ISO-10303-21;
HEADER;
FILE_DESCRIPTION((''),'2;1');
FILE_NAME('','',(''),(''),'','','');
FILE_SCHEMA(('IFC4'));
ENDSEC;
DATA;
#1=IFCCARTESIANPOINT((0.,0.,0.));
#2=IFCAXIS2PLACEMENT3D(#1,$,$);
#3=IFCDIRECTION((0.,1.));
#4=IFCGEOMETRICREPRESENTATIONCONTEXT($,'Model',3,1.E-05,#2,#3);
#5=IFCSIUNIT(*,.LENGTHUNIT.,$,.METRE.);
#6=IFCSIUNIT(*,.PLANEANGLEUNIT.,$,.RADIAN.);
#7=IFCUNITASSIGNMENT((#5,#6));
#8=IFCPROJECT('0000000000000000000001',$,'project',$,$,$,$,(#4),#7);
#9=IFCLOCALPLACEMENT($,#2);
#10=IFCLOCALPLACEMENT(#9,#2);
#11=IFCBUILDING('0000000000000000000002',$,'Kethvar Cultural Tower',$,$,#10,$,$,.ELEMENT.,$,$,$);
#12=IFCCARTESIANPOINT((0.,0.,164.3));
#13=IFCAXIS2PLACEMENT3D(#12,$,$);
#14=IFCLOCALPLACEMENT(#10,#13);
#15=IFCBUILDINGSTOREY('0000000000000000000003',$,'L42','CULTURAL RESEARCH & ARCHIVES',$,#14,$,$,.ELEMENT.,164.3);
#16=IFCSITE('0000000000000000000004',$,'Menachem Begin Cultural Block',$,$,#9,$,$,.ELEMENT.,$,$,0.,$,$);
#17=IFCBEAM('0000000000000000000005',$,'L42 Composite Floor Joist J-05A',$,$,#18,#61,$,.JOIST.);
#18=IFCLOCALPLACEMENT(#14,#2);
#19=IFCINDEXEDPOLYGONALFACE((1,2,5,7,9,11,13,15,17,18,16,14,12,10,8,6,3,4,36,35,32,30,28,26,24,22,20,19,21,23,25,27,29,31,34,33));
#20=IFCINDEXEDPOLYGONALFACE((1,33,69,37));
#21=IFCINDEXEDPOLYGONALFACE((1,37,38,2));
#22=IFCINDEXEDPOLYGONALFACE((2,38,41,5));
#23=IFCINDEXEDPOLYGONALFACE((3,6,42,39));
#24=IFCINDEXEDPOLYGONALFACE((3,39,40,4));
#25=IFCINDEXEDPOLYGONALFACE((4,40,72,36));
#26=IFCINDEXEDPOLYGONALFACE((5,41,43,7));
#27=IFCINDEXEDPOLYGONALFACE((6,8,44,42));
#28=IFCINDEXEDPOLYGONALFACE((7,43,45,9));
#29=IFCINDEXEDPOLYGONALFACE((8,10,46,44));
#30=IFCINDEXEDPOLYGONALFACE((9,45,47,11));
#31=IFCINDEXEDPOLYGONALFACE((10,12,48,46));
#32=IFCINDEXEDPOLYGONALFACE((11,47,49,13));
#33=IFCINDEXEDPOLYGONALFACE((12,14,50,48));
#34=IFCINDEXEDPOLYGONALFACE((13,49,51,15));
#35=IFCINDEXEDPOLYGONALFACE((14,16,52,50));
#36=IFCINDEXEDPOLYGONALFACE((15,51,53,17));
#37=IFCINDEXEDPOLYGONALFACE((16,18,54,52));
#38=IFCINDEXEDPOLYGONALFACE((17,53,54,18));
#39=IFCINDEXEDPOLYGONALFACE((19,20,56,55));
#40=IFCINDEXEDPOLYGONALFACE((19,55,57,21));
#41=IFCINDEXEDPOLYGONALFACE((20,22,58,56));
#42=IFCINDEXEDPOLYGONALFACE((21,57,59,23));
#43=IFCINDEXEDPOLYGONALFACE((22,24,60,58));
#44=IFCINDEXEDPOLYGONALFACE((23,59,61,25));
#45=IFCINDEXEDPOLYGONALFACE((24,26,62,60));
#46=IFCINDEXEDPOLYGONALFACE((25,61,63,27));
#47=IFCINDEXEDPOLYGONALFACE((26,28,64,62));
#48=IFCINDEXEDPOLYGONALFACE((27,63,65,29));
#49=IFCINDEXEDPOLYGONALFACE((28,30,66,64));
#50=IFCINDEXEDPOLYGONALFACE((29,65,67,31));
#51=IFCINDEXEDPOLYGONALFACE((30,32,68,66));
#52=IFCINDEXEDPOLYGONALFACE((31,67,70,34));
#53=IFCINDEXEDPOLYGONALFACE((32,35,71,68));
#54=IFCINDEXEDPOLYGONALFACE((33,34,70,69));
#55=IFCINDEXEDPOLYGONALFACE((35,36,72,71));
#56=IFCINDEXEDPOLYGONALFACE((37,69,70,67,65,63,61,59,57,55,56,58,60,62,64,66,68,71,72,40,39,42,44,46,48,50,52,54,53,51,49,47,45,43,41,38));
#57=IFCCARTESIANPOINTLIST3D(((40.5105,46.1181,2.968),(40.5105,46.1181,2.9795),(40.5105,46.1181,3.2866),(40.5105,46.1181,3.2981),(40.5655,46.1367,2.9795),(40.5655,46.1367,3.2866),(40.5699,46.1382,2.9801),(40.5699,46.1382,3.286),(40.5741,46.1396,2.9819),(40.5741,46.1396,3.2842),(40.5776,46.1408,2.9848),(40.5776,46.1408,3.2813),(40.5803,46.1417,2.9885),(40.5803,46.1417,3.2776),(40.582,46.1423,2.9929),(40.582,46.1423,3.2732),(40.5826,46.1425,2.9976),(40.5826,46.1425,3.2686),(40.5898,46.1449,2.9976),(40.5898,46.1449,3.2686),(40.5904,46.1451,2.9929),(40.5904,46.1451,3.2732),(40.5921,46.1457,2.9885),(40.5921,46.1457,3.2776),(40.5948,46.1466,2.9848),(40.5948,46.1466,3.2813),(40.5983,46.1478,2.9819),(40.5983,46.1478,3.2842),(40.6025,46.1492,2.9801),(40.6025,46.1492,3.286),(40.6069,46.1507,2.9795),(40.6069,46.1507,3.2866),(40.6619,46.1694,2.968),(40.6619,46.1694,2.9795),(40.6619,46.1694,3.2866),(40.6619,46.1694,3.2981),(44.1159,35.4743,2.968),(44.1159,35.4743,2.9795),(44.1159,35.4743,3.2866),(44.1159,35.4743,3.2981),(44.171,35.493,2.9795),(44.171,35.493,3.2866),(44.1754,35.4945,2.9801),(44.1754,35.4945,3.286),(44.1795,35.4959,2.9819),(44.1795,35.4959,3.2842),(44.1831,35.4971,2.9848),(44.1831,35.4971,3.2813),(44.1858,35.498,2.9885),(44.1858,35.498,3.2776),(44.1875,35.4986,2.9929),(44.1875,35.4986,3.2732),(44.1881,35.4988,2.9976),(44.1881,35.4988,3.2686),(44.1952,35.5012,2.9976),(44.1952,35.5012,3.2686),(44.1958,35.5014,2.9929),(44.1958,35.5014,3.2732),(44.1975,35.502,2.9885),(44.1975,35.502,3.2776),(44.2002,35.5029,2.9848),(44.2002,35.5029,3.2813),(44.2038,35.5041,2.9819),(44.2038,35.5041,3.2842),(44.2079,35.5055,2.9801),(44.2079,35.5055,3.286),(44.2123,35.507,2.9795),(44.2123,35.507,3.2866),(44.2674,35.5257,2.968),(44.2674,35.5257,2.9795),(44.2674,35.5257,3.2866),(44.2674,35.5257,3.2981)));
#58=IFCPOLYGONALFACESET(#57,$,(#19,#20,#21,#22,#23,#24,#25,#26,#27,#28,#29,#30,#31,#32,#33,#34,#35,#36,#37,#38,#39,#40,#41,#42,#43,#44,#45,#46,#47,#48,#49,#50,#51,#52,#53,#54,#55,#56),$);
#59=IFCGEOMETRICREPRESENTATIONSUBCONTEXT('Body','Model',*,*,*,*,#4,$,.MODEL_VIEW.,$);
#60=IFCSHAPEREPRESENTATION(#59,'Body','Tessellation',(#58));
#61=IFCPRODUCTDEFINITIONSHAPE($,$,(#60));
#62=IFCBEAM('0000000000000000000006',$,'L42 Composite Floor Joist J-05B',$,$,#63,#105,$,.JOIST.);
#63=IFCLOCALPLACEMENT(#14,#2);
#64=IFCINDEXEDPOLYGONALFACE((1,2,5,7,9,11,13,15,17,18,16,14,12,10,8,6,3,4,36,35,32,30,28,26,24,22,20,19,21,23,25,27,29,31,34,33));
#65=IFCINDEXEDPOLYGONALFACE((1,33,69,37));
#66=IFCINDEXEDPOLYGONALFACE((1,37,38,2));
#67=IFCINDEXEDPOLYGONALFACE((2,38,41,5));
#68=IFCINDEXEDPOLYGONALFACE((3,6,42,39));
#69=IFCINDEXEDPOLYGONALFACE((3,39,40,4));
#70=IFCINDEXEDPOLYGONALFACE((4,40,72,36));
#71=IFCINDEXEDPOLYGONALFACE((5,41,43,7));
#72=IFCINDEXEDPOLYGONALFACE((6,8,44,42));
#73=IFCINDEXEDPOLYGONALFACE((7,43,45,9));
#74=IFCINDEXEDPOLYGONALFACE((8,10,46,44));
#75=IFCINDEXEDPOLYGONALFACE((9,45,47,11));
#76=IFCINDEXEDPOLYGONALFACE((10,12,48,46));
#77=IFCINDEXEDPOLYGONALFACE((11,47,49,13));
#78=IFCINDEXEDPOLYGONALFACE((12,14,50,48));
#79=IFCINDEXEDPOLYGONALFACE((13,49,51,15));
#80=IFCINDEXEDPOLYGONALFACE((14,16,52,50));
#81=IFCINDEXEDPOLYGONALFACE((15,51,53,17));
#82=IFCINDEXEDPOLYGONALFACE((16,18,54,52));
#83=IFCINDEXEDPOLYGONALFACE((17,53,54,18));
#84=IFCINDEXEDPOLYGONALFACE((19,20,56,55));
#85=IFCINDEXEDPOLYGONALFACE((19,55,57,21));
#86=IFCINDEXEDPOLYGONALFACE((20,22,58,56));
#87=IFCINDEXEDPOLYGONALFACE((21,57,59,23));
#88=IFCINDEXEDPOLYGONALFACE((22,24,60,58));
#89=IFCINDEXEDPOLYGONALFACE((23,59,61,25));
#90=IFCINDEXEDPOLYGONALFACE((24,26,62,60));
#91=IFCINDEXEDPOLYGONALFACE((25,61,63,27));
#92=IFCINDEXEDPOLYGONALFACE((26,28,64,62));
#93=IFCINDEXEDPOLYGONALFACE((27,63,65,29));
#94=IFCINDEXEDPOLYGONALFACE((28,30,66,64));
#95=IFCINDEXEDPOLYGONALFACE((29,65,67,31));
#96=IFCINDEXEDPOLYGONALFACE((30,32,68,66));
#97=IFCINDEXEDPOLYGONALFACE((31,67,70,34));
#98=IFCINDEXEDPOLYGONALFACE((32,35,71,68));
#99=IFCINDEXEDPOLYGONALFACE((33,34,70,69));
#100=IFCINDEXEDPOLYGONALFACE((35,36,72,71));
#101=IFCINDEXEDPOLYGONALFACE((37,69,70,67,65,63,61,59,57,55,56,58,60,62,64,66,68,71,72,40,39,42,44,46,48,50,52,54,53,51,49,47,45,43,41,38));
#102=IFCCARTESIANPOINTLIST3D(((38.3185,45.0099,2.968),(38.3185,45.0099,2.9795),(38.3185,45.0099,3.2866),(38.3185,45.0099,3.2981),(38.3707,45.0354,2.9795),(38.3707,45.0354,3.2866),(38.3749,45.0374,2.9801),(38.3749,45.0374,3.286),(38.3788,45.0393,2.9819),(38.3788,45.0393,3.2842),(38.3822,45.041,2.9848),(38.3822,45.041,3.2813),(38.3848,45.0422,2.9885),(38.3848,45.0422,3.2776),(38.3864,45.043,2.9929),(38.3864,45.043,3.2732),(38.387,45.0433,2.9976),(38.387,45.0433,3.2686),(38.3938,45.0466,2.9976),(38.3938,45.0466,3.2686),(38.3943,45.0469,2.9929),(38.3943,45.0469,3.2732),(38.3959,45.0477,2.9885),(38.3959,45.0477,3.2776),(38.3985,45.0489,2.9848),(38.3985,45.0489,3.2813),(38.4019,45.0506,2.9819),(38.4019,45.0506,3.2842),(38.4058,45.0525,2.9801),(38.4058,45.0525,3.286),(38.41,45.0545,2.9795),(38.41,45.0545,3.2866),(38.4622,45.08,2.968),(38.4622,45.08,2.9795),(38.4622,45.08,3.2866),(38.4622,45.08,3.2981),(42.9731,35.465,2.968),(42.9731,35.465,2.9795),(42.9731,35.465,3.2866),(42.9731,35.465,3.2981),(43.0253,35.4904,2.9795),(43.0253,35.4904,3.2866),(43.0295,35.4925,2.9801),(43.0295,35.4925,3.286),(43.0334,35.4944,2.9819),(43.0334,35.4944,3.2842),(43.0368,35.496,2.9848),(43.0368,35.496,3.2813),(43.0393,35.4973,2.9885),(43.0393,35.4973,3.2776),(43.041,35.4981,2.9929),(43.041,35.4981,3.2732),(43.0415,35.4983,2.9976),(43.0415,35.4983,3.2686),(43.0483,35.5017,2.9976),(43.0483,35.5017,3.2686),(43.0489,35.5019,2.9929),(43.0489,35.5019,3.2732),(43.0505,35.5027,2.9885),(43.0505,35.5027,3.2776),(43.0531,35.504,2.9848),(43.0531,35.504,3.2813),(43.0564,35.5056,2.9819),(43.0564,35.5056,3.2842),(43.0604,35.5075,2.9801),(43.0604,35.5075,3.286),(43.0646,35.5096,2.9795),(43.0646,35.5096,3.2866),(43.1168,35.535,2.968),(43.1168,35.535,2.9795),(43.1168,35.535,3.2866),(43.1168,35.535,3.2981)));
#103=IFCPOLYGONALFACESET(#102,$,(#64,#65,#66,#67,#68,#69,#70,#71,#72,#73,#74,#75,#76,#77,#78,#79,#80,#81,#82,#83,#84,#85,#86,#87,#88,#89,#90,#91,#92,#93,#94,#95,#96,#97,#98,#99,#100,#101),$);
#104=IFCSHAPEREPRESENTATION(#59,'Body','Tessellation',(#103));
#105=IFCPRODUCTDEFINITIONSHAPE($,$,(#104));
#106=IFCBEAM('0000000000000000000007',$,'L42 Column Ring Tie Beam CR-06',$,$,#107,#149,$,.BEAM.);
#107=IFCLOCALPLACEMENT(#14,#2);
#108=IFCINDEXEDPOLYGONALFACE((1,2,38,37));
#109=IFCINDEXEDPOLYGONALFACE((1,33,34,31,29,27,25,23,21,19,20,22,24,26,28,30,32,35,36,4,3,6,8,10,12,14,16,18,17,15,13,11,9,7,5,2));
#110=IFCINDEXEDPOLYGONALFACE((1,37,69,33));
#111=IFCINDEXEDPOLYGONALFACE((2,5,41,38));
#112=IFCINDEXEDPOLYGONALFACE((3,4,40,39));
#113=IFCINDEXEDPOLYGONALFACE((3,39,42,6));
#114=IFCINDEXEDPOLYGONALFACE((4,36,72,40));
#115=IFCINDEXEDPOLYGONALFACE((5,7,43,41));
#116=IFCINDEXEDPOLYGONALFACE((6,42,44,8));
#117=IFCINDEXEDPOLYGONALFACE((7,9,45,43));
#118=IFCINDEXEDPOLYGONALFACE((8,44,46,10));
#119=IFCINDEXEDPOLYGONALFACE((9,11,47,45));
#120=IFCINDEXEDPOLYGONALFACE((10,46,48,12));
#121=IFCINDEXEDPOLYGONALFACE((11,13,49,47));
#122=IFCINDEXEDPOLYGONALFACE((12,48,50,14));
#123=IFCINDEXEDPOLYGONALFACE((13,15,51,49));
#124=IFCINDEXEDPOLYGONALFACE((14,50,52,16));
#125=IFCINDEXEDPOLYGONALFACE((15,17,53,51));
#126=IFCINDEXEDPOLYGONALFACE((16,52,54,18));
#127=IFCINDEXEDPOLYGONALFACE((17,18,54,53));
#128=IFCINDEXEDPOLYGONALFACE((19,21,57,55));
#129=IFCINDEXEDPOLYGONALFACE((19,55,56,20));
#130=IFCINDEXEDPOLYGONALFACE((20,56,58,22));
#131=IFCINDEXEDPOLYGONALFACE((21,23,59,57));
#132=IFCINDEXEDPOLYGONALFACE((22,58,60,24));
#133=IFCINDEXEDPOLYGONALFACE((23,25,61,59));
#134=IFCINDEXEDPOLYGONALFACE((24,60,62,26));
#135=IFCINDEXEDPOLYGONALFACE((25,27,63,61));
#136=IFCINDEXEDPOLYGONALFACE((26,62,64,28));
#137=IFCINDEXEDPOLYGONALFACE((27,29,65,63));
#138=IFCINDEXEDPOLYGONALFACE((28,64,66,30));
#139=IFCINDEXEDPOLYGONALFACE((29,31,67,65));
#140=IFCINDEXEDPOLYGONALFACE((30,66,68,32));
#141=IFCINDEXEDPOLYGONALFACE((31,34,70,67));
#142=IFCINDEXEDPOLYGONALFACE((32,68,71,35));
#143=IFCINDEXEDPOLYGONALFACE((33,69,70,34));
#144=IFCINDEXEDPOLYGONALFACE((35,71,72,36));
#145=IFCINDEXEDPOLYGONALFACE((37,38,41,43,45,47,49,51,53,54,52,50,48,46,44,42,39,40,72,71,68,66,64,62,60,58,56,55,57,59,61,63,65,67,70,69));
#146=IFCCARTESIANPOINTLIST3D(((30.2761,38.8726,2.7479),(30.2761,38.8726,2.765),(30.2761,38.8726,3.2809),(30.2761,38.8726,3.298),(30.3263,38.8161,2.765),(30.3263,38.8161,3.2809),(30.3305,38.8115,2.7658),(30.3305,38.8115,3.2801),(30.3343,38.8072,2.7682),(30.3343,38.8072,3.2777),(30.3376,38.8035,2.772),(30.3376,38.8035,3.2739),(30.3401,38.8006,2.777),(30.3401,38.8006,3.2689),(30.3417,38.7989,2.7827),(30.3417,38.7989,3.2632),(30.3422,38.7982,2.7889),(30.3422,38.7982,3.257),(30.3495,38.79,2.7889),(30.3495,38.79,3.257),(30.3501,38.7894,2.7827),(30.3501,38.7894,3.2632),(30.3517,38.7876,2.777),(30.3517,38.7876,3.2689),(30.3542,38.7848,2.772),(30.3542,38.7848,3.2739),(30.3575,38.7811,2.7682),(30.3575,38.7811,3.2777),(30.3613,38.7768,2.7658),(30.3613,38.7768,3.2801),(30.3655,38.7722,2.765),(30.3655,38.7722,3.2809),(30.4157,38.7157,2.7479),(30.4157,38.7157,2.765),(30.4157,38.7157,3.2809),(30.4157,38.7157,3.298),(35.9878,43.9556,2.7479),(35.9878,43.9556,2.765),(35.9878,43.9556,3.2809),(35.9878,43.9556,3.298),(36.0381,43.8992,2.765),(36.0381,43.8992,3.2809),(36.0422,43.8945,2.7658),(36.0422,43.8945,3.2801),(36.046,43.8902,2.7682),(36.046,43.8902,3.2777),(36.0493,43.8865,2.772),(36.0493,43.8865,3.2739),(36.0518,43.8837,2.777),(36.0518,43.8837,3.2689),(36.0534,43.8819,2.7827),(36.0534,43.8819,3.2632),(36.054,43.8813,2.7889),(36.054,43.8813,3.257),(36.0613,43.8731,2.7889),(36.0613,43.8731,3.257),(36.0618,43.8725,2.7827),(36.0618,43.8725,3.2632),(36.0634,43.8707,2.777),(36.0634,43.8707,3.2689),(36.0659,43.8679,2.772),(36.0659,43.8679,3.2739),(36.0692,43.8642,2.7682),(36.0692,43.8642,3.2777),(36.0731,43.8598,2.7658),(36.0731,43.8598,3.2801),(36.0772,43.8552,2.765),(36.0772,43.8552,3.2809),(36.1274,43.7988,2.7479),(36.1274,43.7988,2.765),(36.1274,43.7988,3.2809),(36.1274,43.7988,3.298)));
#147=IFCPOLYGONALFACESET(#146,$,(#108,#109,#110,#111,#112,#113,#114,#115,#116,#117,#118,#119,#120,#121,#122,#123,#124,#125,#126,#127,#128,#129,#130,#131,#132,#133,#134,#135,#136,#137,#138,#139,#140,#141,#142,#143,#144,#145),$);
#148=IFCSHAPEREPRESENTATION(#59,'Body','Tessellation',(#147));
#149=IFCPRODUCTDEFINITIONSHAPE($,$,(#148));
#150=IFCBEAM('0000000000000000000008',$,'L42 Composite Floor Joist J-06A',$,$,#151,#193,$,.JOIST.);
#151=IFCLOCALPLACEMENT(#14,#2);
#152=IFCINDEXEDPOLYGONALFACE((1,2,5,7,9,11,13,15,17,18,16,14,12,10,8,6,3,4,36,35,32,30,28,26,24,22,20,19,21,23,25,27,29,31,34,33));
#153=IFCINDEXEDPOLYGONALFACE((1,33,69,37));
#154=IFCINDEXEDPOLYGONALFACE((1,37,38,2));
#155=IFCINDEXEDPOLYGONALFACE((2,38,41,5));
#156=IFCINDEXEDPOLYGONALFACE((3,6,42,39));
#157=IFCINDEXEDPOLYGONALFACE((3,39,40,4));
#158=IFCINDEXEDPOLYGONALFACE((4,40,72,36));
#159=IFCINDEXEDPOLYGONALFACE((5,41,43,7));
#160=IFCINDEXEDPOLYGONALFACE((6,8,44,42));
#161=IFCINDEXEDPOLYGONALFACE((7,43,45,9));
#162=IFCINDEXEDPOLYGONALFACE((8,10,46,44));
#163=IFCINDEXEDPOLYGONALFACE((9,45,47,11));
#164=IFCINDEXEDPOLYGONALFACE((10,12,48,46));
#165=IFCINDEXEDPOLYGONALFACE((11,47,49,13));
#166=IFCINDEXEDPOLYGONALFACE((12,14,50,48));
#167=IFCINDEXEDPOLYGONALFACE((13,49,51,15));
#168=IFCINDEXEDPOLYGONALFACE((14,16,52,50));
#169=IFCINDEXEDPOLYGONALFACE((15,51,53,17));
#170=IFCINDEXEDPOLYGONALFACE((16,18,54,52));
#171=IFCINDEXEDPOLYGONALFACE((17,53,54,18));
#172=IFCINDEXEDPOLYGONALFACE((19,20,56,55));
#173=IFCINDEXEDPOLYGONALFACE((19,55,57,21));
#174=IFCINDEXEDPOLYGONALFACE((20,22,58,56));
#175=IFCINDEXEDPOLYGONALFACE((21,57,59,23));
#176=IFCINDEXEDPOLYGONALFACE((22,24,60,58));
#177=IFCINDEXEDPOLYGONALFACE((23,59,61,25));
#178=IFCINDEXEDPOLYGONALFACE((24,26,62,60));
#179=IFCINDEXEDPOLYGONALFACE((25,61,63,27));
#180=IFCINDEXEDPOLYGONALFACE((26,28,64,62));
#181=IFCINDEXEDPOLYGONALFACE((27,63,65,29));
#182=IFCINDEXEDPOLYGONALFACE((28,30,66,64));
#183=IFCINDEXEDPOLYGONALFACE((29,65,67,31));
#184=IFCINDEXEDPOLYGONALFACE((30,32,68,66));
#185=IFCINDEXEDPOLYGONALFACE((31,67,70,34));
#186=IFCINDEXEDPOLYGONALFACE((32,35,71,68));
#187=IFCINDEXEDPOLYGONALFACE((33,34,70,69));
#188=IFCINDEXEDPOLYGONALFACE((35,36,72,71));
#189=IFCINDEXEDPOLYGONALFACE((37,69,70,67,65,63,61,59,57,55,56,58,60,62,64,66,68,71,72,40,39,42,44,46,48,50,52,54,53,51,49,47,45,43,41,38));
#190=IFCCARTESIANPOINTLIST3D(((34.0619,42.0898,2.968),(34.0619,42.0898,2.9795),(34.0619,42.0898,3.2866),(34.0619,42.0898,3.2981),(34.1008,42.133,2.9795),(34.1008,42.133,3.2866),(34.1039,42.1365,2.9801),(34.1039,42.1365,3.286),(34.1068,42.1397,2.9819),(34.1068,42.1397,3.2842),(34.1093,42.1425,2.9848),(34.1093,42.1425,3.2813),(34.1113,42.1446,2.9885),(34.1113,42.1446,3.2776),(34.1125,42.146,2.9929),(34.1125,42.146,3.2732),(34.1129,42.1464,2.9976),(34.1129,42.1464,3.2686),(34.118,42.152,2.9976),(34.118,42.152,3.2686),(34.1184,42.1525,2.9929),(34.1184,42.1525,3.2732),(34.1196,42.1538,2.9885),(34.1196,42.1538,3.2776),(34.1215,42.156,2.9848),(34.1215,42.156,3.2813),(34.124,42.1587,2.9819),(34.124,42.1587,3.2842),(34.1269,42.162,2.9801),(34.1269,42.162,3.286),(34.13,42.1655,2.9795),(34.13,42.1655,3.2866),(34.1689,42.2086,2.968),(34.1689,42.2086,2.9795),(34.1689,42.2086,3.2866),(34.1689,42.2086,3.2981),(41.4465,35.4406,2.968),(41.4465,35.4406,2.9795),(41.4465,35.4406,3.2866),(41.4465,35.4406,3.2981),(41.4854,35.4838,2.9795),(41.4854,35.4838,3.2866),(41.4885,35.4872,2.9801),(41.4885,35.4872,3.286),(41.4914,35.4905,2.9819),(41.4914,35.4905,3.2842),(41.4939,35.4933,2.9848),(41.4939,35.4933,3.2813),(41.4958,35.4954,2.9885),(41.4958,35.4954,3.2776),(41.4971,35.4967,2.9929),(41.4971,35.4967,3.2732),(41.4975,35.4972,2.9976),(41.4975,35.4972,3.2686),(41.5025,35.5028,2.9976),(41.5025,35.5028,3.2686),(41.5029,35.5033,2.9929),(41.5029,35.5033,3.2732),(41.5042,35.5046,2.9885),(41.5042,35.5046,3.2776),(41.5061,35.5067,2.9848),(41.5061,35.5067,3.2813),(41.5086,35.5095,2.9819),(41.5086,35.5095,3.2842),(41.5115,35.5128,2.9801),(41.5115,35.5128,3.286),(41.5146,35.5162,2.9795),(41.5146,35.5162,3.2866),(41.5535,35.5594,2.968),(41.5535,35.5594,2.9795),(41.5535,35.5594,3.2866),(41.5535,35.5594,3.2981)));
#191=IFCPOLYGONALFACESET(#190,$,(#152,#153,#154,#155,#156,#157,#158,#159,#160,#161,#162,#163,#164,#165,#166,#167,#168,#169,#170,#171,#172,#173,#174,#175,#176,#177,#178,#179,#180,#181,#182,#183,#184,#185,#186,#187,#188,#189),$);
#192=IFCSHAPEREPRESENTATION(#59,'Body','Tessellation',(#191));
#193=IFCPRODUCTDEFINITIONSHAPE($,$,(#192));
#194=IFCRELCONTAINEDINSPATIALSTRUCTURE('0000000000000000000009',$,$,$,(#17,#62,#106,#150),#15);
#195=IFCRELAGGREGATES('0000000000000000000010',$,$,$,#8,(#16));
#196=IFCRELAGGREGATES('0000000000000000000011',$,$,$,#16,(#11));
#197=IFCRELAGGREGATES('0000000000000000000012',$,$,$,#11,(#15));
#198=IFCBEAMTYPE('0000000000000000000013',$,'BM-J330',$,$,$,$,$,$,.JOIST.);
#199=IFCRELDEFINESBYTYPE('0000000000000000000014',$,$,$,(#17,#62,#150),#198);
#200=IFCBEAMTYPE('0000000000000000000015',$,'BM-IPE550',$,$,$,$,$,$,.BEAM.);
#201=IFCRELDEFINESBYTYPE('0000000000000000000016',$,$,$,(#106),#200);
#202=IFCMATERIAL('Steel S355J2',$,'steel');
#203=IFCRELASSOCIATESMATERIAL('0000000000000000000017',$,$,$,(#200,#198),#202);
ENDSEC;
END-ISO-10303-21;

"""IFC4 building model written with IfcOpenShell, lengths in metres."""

from ifc_helpers import new_model, si_unit, direction, frame, origin, origin_2d, place, context, subcontext, project, spatial, i_section, extrude, source, transform, mapped, material, material_profile, profile_set, type_object, element, save


model = new_model("IFC4")

# Units and contexts
model_context = context("Model", 3, precision=1e-05, world=origin(), true_north=direction((0.0, 1.0)))
body_context = subcontext(model_context, "Body", "Model", "MODEL_VIEW")
ifc_project = project(units=[si_unit("LENGTHUNIT", "METRE"), si_unit("PLANEANGLEUNIT", "RADIAN")], contexts=[model_context])

# Site, building, storey
site_placement = place(None, origin())
site = spatial("IfcSite", under=ifc_project, at=site_placement, Name="Menachem Begin Cultural Block", CompositionType="ELEMENT", RefElevation=0.0)
building_placement = place(site_placement, origin())
building = spatial("IfcBuilding", under=site, at=building_placement, Name="Kethvar Cultural Tower", CompositionType="ELEMENT")
storey_placement = place(building_placement, frame((0.0, 0.0, 164.3)))
storey = spatial("IfcBuildingStorey", under=building, at=storey_placement, Name="L42", Description="CULTURAL RESEARCH & ARCHIVES", CompositionType="ELEMENT", Elevation=164.3)

# Beams
ifc_material_1 = material(Name="Steel S355J2", Category="steel")
ifc_material_profile_1 = material_profile(ifc_material_1, i_section(OverallWidth=0.21, OverallDepth=0.55, WebThickness=0.011, FlangeThickness=0.0171, FilletRadius=0.0239, at=origin_2d()), Name="Steel S355J2 — IPE550")
ifc_profile_set_1 = profile_set([ifc_material_profile_1], Name="Steel S355J2 — IPE550")
beam_type_1 = type_object("IfcBeamType", Name="BM-IPE550", PredefinedType="BEAM", material=ifc_profile_set_1)
ifc_material_profile_2 = material_profile(ifc_material_1, i_section(OverallWidth=0.1599, OverallDepth=0.3301, WebThickness=0.0076, FlangeThickness=0.0115, FilletRadius=0.0181, at=origin_2d()), Name="Steel S355J2 — IPE330")
ifc_profile_set_2 = profile_set([ifc_material_profile_2], Name="Steel S355J2 — IPE330")
beam_type_2 = type_object("IfcBeamType", Name="BM-J330", PredefinedType="JOIST", material=ifc_profile_set_2)
shared_shape_1 = source(origin(), body_context, "Body", "SweptSolid", [
    extrude(i_section(OverallWidth=0.1599, OverallDepth=0.3301, WebThickness=0.0076, FlangeThickness=0.0115, FilletRadius=0.0181, at=origin_2d()), origin(), (0.0, 0.0, 1.0), 11.2378),
])
beam_1_placement = place(storey_placement, frame((44.1917, 35.5, 3.1331), z_axis=(-0.320832, 0.947136, 0.0), x_axis=(-0.947136, -0.320832, 0.0)))
element("IfcBeam", 1, at=beam_1_placement, inside=storey, type_object=beam_type_2, Name="L42 Composite Floor Joist J-05A", PredefinedType="JOIST", context=body_context, shape_type="MappedRepresentation", body=[
    mapped(shared_shape_1, transform((0.0, 0.0, 0.0), scale=1.0)),
])
shared_shape_2 = source(origin(), body_context, "Body", "SweptSolid", [
    extrude(i_section(OverallWidth=0.1599, OverallDepth=0.3301, WebThickness=0.0076, FlangeThickness=0.0115, FilletRadius=0.0181, at=origin_2d()), origin(), (0.0, 0.0, 1.0), 10.6194),
])
beam_2_placement = place(storey_placement, frame((43.0449, 35.5, 3.1331), z_axis=(-0.438308, 0.898825, 0.0), x_axis=(-0.898825, -0.438308, 0.0)))
element("IfcBeam", 2, at=beam_2_placement, inside=storey, type_object=beam_type_2, Name="L42 Composite Floor Joist J-05B", PredefinedType="JOIST", context=body_context, shape_type="MappedRepresentation", body=[
    mapped(shared_shape_2, transform((0.0, 0.0, 0.0), scale=1.0)),
])
shared_shape_3 = source(origin(), body_context, "Body", "SweptSolid", [
    extrude(i_section(OverallWidth=0.21, OverallDepth=0.55, WebThickness=0.011, FlangeThickness=0.0171, FilletRadius=0.0239, at=origin_2d()), origin(), (0.0, 0.0, 1.0), 7.646),
])
beam_3_placement = place(storey_placement, frame((36.0576, 43.8772, 3.0229), z_axis=(-0.747022, -0.6648, 0.0), x_axis=(0.6648, -0.747022, 0.0)))
element("IfcBeam", 3, at=beam_3_placement, inside=storey, type_object=beam_type_1, Name="L42 Column Ring Tie Beam CR-06", PredefinedType="BEAM", context=body_context, shape_type="MappedRepresentation", body=[
    mapped(shared_shape_3, transform((0.0, 0.0, 0.0), scale=1.0)),
])
shared_shape_4 = source(origin(), body_context, "Body", "SweptSolid", [
    extrude(i_section(OverallWidth=0.1599, OverallDepth=0.3301, WebThickness=0.0076, FlangeThickness=0.0115, FilletRadius=0.0181, at=origin_2d()), origin(), (0.0, 0.0, 1.0), 9.937),
])
beam_4_placement = place(storey_placement, frame((41.5, 35.5, 3.1331), z_axis=(-0.743139, 0.669137, 0.0), x_axis=(-0.669137, -0.743139, 0.0)))
element("IfcBeam", 4, at=beam_4_placement, inside=storey, type_object=beam_type_2, Name="L42 Composite Floor Joist J-06A", PredefinedType="JOIST", context=body_context, shape_type="MappedRepresentation", body=[
    mapped(shared_shape_4, transform((0.0, 0.0, 0.0), scale=1.0)),
])

save(model, "model.ifc")
